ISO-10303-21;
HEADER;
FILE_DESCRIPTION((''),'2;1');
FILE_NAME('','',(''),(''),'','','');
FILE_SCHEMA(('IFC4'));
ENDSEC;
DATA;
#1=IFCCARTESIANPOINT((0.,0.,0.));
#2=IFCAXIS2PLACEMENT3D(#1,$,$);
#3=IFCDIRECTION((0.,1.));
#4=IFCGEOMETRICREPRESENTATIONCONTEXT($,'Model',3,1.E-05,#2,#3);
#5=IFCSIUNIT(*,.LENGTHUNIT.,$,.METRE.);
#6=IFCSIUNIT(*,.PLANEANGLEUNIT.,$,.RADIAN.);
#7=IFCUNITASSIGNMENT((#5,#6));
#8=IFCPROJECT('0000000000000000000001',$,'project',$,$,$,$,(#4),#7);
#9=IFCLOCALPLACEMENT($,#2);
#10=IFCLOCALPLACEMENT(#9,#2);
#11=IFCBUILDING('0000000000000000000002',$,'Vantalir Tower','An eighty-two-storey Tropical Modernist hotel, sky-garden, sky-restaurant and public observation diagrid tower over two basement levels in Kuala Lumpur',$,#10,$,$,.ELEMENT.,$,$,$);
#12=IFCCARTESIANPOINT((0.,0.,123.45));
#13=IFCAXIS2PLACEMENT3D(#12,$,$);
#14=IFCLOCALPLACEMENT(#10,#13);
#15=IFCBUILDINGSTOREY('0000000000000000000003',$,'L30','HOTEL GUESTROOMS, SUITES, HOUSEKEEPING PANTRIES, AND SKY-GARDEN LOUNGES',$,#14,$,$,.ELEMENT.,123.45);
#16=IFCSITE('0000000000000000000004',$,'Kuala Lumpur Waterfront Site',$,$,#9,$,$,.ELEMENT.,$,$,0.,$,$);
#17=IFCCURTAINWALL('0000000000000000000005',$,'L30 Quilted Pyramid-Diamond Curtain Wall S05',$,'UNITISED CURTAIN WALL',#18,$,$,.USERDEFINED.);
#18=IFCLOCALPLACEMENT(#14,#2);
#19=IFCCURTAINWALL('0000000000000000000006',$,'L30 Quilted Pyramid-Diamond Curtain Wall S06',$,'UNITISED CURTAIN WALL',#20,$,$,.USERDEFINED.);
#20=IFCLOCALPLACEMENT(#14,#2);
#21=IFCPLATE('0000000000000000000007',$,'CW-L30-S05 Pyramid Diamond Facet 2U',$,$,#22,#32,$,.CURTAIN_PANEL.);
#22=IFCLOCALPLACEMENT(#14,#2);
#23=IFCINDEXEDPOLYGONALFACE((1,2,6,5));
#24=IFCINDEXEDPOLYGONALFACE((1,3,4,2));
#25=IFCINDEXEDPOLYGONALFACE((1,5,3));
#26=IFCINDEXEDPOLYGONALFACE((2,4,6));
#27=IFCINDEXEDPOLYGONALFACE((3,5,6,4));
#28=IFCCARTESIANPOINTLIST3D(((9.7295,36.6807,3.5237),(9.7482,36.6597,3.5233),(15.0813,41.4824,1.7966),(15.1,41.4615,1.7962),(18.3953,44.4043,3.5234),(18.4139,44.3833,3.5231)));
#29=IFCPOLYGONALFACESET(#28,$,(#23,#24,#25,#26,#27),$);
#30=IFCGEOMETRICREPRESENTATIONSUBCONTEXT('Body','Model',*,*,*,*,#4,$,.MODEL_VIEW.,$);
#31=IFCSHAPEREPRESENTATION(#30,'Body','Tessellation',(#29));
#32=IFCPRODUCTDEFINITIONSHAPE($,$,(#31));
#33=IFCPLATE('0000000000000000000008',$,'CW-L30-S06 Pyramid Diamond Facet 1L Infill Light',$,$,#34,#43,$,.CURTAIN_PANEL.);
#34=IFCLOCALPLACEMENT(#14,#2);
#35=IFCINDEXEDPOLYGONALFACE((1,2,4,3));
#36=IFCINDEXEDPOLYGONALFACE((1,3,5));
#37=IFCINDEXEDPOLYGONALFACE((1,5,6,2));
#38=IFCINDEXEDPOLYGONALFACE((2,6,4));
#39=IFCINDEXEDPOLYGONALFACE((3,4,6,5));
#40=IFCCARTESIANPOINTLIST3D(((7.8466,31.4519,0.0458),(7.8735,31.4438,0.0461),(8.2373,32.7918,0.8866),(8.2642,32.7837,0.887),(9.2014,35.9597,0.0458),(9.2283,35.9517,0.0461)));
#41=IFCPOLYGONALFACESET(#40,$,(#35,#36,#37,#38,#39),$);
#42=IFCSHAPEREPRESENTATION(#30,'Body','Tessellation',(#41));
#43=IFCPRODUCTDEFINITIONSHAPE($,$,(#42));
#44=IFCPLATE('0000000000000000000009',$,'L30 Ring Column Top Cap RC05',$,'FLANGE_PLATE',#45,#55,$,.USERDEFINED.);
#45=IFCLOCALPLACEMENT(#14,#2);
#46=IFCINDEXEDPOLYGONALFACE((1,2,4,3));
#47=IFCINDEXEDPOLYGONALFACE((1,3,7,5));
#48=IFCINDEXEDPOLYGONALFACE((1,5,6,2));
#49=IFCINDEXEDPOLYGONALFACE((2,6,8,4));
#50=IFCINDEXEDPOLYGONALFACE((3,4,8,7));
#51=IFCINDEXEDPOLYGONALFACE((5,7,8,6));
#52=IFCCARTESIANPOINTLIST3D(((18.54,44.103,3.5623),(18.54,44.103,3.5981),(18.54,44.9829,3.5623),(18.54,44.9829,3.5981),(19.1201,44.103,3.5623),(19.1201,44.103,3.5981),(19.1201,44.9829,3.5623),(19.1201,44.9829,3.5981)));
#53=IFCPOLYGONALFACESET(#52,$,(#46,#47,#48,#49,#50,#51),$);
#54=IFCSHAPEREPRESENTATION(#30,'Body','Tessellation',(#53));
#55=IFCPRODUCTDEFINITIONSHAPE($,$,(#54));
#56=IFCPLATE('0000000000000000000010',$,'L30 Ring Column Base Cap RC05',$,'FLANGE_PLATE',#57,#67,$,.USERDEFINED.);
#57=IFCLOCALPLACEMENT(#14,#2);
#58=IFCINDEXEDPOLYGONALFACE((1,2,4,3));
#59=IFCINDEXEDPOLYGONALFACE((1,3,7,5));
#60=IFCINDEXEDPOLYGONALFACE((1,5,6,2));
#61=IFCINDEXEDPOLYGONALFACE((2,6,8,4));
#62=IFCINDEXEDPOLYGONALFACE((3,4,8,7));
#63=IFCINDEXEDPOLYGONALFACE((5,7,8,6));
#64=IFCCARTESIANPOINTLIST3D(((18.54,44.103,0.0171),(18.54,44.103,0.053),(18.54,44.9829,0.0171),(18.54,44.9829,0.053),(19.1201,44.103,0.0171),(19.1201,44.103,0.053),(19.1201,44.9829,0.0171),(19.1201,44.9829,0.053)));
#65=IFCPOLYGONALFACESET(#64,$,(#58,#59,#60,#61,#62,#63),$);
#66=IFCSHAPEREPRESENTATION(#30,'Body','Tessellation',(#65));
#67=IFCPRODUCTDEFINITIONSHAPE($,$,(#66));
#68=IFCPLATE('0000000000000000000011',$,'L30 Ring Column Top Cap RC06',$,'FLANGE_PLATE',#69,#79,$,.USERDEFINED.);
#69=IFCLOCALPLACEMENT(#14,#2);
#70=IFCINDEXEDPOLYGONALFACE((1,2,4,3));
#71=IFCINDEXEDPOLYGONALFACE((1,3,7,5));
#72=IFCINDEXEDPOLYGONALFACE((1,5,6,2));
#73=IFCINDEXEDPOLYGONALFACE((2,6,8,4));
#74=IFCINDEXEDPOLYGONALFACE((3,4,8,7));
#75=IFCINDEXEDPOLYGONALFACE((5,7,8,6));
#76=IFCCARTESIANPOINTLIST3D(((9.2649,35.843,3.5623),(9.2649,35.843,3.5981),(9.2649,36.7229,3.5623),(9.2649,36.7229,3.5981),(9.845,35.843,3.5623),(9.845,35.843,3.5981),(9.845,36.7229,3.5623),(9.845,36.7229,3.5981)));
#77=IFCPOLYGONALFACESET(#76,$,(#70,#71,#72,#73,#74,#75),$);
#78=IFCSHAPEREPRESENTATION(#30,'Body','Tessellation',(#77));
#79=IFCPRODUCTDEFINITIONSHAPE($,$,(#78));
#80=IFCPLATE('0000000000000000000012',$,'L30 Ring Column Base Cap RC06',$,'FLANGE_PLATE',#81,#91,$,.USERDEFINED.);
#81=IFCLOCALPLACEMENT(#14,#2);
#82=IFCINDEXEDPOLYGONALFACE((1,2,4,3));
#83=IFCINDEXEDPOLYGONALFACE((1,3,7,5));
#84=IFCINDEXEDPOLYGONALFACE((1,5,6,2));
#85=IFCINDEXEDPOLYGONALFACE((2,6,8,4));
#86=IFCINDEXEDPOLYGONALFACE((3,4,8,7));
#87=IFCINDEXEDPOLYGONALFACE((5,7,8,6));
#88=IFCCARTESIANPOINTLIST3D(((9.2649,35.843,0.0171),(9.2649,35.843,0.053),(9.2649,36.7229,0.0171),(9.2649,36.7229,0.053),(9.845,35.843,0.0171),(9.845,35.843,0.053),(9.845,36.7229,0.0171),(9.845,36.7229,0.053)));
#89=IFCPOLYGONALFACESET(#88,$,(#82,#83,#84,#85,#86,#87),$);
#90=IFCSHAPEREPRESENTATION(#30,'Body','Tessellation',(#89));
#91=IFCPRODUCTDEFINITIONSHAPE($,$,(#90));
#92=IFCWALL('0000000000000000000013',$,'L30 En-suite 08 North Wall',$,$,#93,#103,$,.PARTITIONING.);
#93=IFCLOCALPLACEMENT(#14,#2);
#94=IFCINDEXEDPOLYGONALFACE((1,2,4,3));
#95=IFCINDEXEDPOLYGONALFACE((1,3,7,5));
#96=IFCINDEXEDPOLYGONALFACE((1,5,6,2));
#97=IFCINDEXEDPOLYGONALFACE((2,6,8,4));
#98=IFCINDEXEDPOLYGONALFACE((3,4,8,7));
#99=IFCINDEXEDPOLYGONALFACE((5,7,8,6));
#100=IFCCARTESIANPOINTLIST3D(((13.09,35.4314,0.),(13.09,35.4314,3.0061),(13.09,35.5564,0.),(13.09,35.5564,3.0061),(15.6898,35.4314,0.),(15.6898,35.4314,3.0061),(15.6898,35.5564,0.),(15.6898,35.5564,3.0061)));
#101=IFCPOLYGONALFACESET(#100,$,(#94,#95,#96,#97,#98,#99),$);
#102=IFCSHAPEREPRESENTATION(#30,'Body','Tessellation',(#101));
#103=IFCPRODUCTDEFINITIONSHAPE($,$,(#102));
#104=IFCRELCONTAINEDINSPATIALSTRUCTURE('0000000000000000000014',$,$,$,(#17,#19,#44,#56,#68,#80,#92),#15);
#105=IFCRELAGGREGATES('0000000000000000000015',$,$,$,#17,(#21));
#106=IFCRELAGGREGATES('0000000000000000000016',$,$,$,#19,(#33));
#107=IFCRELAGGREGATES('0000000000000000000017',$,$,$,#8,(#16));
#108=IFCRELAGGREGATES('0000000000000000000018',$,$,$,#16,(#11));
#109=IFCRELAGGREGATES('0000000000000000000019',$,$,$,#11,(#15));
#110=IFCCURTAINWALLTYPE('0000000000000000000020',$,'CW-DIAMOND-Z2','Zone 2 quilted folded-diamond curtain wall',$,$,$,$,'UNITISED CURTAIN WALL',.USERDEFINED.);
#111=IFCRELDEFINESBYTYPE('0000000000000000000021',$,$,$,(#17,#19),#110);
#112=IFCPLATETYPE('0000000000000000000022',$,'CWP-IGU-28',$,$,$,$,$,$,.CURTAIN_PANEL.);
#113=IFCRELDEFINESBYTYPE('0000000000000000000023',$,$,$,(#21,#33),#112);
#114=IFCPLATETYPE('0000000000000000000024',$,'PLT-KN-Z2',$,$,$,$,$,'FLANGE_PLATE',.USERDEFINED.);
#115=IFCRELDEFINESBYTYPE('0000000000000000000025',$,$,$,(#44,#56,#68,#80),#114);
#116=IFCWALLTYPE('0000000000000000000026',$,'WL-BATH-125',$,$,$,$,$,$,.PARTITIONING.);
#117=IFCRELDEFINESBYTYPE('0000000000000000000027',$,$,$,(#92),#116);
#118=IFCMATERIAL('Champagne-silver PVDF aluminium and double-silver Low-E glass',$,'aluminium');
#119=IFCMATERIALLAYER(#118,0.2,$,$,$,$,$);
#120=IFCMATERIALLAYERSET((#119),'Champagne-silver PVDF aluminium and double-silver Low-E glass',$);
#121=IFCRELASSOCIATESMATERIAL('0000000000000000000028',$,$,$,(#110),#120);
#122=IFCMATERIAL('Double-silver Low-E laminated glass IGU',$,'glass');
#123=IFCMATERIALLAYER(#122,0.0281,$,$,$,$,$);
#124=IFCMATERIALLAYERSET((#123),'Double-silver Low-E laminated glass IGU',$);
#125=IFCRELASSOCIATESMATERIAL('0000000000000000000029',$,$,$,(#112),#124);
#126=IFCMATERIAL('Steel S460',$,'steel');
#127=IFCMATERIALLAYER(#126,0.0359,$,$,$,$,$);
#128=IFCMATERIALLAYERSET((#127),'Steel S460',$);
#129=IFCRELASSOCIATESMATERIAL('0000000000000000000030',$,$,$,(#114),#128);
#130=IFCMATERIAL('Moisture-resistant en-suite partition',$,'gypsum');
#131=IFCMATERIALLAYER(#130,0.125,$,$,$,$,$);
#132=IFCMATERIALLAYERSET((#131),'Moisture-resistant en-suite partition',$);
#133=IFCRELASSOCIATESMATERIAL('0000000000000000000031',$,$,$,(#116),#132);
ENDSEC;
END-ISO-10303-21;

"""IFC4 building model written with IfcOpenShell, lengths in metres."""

from ifc_helpers import new_model, si_unit, direction, frame, frame_2d, origin, place, context, subcontext, project, spatial, polyline, rectangle, outline, extrude, material, layer, layer_set, type_object, element, aggregate, save


model = new_model("IFC4")

# Units and contexts
model_context = context("Model", 3, precision=1e-05, world=origin(), true_north=direction((0.0, 1.0)))
body_context = subcontext(model_context, "Body", "Model", "MODEL_VIEW")
ifc_project = project(units=[si_unit("LENGTHUNIT", "METRE"), si_unit("PLANEANGLEUNIT", "RADIAN")], contexts=[model_context])

# Site, building, storey
site_placement = place(None, origin())
site = spatial("IfcSite", under=ifc_project, at=site_placement, Name="Kuala Lumpur Waterfront Site", CompositionType="ELEMENT", RefElevation=0.0)
building_placement = place(site_placement, origin())
building = spatial("IfcBuilding", under=site, at=building_placement, Name="Vantalir Tower", Description="An eighty-two-storey Tropical Modernist hotel, sky-garden, sky-restaurant and public observation diagrid tower over two basement levels in Kuala Lumpur", CompositionType="ELEMENT")
storey_placement = place(building_placement, frame((0.0, 0.0, 123.45)))
storey = spatial("IfcBuildingStorey", under=building, at=storey_placement, Name="L30", Description="HOTEL GUESTROOMS, SUITES, HOUSEKEEPING PANTRIES, AND SKY-GARDEN LOUNGES", CompositionType="ELEMENT", Elevation=123.45)

# Shared definitions
ifc_material_1 = material(Name="Steel S460", Category="steel")

# Shared definitions
ifc_material_2 = material(Name="Champagne-silver PVDF aluminium and double-silver Low-E glass", Category="aluminium")
ifc_layer_1 = layer(ifc_material_2, 0.2)
ifc_layer_set_1 = layer_set([ifc_layer_1], Name="Champagne-silver PVDF aluminium and double-silver Low-E glass")
curtain_wall_type = type_object("IfcCurtainWallType", Name="CW-DIAMOND-Z2", Description="Zone 2 quilted folded-diamond curtain wall", ElementType="UNITISED CURTAIN WALL", PredefinedType="USERDEFINED", material=ifc_layer_set_1)

# Curtain wall
curtain_wall_1_placement = place(storey_placement, origin())
curtain_wall_1 = element("IfcCurtainWall", 1, at=curtain_wall_1_placement, inside=storey, type_object=curtain_wall_type, Name="L30 Quilted Pyramid-Diamond Curtain Wall S05", ObjectType="UNITISED CURTAIN WALL", PredefinedType="USERDEFINED")

# Curtain wall
curtain_wall_2_placement = place(storey_placement, origin())
curtain_wall_2 = element("IfcCurtainWall", 2, at=curtain_wall_2_placement, inside=storey, type_object=curtain_wall_type, Name="L30 Quilted Pyramid-Diamond Curtain Wall S06", ObjectType="UNITISED CURTAIN WALL", PredefinedType="USERDEFINED")

# Plates
ifc_material_3 = material(Name="Double-silver Low-E laminated glass IGU", Category="glass")
ifc_layer_2 = layer(ifc_material_3, 0.0281)
ifc_layer_set_2 = layer_set([ifc_layer_2], Name="Double-silver Low-E laminated glass IGU")
plate_type_1 = type_object("IfcPlateType", Name="CWP-IGU-28", PredefinedType="CURTAIN_PANEL", material=ifc_layer_set_2)
plate_1_placement = place(storey_placement, frame((9.7295, 36.6807, 3.5237), z_axis=(-0.665298, 0.746452, 0.013744), x_axis=(0.746522, 0.665361, -0.000021)))
plate_1 = element("IfcPlate", 3, at=plate_1_placement, type_object=plate_type_1, Name="CW-L30-S05 Pyramid Diamond Facet 2U", PredefinedType="CURTAIN_PANEL", context=body_context, shape_type="SweptSolid", body=[
    extrude(outline(polyline([(0.0, 0.0), (11.6082, 0.0), (7.1902, 1.7271), (0.0, 0.0)])), origin(), (0.0, 0.0, -1.0), 0.0281),
])
aggregate(curtain_wall_1, [plate_1])
plate_2_placement = place(storey_placement, frame((9.2283, 35.9517, 0.0461), z_axis=(0.957596, -0.287787, 0.013711), x_axis=(-0.287814, -0.957686, 0.0)))
plate_2 = element("IfcPlate", 4, at=plate_2_placement, type_object=plate_type_1, Name="CW-L30-S06 Pyramid Diamond Facet 1L Infill Light", PredefinedType="CURTAIN_PANEL", context=body_context, shape_type="SweptSolid", body=[
    extrude(outline(polyline([(0.0, 0.0), (4.707, 0.0), (3.3114, -0.8409), (0.0, 0.0)])), origin(), (0.0, 0.0, -1.0), 0.0281),
])
aggregate(curtain_wall_2, [plate_2])

# Plates
ifc_layer_3 = layer(ifc_material_1, 0.0359)
ifc_layer_set_3 = layer_set([ifc_layer_3], Name="Steel S460")
plate_type_2 = type_object("IfcPlateType", Name="PLT-KN-Z2", ElementType="FLANGE_PLATE", PredefinedType="USERDEFINED", material=ifc_layer_set_3)
for number, where, z_axis, x_axis, name in (
    (5, (18.54, 44.9829, 3.5981), (0.0, 0.0, 1.0), (0.0, -1.0, 0.0), "L30 Ring Column Top Cap RC05"),
    (6, (18.54, 44.9829, 0.053), (0.0, 0.0, 1.0), (0.0, -1.0, 0.0), "L30 Ring Column Base Cap RC05"),
    (7, (9.2649, 36.7229, 3.5981), (0.0, 0.0, 1.0), (0.0, -1.0, 0.0), "L30 Ring Column Top Cap RC06"),
    (8, (9.2649, 36.7229, 0.053), (0.0, 0.0, 1.0), (0.0, -1.0, 0.0), "L30 Ring Column Base Cap RC06"),
):
    element("IfcPlate", number, at=place(storey_placement, frame(where, z_axis=z_axis, x_axis=x_axis)), inside=storey, type_object=plate_type_2, Name=name, ObjectType="FLANGE_PLATE", PredefinedType="USERDEFINED", context=body_context, shape_type="SweptSolid", body=[
        extrude(outline(polyline([(0.0, 0.0), (0.8799, 0.0), (0.8799, 0.5801), (0.0, 0.5801), (0.0, 0.0)])), origin(), (0.0, 0.0, -1.0), 0.0359),
    ])

# Wall
ifc_material_4 = material(Name="Moisture-resistant en-suite partition", Category="gypsum")
ifc_layer_4 = layer(ifc_material_4, 0.125)
ifc_layer_set_4 = layer_set([ifc_layer_4], Name="Moisture-resistant en-suite partition")
wall_type = type_object("IfcWallType", Name="WL-BATH-125", PredefinedType="PARTITIONING", material=ifc_layer_set_4)
wall_placement = place(storey_placement, frame((13.0901, 35.4939, 0.0), z_axis=(0.0, 0.0, 1.0), x_axis=(1.0, 0.0, 0.0)))
element("IfcWall", 9, at=wall_placement, inside=storey, type_object=wall_type, Name="L30 En-suite 08 North Wall", PredefinedType="PARTITIONING", context=body_context, shape_type="SweptSolid", body=[
    extrude(rectangle(XDim=2.5999, YDim=0.125, at=frame_2d((1.2998, 0.0))), origin(), (0.0, 0.0, 1.0), 3.0061),
])

save(model, "model.ifc")
